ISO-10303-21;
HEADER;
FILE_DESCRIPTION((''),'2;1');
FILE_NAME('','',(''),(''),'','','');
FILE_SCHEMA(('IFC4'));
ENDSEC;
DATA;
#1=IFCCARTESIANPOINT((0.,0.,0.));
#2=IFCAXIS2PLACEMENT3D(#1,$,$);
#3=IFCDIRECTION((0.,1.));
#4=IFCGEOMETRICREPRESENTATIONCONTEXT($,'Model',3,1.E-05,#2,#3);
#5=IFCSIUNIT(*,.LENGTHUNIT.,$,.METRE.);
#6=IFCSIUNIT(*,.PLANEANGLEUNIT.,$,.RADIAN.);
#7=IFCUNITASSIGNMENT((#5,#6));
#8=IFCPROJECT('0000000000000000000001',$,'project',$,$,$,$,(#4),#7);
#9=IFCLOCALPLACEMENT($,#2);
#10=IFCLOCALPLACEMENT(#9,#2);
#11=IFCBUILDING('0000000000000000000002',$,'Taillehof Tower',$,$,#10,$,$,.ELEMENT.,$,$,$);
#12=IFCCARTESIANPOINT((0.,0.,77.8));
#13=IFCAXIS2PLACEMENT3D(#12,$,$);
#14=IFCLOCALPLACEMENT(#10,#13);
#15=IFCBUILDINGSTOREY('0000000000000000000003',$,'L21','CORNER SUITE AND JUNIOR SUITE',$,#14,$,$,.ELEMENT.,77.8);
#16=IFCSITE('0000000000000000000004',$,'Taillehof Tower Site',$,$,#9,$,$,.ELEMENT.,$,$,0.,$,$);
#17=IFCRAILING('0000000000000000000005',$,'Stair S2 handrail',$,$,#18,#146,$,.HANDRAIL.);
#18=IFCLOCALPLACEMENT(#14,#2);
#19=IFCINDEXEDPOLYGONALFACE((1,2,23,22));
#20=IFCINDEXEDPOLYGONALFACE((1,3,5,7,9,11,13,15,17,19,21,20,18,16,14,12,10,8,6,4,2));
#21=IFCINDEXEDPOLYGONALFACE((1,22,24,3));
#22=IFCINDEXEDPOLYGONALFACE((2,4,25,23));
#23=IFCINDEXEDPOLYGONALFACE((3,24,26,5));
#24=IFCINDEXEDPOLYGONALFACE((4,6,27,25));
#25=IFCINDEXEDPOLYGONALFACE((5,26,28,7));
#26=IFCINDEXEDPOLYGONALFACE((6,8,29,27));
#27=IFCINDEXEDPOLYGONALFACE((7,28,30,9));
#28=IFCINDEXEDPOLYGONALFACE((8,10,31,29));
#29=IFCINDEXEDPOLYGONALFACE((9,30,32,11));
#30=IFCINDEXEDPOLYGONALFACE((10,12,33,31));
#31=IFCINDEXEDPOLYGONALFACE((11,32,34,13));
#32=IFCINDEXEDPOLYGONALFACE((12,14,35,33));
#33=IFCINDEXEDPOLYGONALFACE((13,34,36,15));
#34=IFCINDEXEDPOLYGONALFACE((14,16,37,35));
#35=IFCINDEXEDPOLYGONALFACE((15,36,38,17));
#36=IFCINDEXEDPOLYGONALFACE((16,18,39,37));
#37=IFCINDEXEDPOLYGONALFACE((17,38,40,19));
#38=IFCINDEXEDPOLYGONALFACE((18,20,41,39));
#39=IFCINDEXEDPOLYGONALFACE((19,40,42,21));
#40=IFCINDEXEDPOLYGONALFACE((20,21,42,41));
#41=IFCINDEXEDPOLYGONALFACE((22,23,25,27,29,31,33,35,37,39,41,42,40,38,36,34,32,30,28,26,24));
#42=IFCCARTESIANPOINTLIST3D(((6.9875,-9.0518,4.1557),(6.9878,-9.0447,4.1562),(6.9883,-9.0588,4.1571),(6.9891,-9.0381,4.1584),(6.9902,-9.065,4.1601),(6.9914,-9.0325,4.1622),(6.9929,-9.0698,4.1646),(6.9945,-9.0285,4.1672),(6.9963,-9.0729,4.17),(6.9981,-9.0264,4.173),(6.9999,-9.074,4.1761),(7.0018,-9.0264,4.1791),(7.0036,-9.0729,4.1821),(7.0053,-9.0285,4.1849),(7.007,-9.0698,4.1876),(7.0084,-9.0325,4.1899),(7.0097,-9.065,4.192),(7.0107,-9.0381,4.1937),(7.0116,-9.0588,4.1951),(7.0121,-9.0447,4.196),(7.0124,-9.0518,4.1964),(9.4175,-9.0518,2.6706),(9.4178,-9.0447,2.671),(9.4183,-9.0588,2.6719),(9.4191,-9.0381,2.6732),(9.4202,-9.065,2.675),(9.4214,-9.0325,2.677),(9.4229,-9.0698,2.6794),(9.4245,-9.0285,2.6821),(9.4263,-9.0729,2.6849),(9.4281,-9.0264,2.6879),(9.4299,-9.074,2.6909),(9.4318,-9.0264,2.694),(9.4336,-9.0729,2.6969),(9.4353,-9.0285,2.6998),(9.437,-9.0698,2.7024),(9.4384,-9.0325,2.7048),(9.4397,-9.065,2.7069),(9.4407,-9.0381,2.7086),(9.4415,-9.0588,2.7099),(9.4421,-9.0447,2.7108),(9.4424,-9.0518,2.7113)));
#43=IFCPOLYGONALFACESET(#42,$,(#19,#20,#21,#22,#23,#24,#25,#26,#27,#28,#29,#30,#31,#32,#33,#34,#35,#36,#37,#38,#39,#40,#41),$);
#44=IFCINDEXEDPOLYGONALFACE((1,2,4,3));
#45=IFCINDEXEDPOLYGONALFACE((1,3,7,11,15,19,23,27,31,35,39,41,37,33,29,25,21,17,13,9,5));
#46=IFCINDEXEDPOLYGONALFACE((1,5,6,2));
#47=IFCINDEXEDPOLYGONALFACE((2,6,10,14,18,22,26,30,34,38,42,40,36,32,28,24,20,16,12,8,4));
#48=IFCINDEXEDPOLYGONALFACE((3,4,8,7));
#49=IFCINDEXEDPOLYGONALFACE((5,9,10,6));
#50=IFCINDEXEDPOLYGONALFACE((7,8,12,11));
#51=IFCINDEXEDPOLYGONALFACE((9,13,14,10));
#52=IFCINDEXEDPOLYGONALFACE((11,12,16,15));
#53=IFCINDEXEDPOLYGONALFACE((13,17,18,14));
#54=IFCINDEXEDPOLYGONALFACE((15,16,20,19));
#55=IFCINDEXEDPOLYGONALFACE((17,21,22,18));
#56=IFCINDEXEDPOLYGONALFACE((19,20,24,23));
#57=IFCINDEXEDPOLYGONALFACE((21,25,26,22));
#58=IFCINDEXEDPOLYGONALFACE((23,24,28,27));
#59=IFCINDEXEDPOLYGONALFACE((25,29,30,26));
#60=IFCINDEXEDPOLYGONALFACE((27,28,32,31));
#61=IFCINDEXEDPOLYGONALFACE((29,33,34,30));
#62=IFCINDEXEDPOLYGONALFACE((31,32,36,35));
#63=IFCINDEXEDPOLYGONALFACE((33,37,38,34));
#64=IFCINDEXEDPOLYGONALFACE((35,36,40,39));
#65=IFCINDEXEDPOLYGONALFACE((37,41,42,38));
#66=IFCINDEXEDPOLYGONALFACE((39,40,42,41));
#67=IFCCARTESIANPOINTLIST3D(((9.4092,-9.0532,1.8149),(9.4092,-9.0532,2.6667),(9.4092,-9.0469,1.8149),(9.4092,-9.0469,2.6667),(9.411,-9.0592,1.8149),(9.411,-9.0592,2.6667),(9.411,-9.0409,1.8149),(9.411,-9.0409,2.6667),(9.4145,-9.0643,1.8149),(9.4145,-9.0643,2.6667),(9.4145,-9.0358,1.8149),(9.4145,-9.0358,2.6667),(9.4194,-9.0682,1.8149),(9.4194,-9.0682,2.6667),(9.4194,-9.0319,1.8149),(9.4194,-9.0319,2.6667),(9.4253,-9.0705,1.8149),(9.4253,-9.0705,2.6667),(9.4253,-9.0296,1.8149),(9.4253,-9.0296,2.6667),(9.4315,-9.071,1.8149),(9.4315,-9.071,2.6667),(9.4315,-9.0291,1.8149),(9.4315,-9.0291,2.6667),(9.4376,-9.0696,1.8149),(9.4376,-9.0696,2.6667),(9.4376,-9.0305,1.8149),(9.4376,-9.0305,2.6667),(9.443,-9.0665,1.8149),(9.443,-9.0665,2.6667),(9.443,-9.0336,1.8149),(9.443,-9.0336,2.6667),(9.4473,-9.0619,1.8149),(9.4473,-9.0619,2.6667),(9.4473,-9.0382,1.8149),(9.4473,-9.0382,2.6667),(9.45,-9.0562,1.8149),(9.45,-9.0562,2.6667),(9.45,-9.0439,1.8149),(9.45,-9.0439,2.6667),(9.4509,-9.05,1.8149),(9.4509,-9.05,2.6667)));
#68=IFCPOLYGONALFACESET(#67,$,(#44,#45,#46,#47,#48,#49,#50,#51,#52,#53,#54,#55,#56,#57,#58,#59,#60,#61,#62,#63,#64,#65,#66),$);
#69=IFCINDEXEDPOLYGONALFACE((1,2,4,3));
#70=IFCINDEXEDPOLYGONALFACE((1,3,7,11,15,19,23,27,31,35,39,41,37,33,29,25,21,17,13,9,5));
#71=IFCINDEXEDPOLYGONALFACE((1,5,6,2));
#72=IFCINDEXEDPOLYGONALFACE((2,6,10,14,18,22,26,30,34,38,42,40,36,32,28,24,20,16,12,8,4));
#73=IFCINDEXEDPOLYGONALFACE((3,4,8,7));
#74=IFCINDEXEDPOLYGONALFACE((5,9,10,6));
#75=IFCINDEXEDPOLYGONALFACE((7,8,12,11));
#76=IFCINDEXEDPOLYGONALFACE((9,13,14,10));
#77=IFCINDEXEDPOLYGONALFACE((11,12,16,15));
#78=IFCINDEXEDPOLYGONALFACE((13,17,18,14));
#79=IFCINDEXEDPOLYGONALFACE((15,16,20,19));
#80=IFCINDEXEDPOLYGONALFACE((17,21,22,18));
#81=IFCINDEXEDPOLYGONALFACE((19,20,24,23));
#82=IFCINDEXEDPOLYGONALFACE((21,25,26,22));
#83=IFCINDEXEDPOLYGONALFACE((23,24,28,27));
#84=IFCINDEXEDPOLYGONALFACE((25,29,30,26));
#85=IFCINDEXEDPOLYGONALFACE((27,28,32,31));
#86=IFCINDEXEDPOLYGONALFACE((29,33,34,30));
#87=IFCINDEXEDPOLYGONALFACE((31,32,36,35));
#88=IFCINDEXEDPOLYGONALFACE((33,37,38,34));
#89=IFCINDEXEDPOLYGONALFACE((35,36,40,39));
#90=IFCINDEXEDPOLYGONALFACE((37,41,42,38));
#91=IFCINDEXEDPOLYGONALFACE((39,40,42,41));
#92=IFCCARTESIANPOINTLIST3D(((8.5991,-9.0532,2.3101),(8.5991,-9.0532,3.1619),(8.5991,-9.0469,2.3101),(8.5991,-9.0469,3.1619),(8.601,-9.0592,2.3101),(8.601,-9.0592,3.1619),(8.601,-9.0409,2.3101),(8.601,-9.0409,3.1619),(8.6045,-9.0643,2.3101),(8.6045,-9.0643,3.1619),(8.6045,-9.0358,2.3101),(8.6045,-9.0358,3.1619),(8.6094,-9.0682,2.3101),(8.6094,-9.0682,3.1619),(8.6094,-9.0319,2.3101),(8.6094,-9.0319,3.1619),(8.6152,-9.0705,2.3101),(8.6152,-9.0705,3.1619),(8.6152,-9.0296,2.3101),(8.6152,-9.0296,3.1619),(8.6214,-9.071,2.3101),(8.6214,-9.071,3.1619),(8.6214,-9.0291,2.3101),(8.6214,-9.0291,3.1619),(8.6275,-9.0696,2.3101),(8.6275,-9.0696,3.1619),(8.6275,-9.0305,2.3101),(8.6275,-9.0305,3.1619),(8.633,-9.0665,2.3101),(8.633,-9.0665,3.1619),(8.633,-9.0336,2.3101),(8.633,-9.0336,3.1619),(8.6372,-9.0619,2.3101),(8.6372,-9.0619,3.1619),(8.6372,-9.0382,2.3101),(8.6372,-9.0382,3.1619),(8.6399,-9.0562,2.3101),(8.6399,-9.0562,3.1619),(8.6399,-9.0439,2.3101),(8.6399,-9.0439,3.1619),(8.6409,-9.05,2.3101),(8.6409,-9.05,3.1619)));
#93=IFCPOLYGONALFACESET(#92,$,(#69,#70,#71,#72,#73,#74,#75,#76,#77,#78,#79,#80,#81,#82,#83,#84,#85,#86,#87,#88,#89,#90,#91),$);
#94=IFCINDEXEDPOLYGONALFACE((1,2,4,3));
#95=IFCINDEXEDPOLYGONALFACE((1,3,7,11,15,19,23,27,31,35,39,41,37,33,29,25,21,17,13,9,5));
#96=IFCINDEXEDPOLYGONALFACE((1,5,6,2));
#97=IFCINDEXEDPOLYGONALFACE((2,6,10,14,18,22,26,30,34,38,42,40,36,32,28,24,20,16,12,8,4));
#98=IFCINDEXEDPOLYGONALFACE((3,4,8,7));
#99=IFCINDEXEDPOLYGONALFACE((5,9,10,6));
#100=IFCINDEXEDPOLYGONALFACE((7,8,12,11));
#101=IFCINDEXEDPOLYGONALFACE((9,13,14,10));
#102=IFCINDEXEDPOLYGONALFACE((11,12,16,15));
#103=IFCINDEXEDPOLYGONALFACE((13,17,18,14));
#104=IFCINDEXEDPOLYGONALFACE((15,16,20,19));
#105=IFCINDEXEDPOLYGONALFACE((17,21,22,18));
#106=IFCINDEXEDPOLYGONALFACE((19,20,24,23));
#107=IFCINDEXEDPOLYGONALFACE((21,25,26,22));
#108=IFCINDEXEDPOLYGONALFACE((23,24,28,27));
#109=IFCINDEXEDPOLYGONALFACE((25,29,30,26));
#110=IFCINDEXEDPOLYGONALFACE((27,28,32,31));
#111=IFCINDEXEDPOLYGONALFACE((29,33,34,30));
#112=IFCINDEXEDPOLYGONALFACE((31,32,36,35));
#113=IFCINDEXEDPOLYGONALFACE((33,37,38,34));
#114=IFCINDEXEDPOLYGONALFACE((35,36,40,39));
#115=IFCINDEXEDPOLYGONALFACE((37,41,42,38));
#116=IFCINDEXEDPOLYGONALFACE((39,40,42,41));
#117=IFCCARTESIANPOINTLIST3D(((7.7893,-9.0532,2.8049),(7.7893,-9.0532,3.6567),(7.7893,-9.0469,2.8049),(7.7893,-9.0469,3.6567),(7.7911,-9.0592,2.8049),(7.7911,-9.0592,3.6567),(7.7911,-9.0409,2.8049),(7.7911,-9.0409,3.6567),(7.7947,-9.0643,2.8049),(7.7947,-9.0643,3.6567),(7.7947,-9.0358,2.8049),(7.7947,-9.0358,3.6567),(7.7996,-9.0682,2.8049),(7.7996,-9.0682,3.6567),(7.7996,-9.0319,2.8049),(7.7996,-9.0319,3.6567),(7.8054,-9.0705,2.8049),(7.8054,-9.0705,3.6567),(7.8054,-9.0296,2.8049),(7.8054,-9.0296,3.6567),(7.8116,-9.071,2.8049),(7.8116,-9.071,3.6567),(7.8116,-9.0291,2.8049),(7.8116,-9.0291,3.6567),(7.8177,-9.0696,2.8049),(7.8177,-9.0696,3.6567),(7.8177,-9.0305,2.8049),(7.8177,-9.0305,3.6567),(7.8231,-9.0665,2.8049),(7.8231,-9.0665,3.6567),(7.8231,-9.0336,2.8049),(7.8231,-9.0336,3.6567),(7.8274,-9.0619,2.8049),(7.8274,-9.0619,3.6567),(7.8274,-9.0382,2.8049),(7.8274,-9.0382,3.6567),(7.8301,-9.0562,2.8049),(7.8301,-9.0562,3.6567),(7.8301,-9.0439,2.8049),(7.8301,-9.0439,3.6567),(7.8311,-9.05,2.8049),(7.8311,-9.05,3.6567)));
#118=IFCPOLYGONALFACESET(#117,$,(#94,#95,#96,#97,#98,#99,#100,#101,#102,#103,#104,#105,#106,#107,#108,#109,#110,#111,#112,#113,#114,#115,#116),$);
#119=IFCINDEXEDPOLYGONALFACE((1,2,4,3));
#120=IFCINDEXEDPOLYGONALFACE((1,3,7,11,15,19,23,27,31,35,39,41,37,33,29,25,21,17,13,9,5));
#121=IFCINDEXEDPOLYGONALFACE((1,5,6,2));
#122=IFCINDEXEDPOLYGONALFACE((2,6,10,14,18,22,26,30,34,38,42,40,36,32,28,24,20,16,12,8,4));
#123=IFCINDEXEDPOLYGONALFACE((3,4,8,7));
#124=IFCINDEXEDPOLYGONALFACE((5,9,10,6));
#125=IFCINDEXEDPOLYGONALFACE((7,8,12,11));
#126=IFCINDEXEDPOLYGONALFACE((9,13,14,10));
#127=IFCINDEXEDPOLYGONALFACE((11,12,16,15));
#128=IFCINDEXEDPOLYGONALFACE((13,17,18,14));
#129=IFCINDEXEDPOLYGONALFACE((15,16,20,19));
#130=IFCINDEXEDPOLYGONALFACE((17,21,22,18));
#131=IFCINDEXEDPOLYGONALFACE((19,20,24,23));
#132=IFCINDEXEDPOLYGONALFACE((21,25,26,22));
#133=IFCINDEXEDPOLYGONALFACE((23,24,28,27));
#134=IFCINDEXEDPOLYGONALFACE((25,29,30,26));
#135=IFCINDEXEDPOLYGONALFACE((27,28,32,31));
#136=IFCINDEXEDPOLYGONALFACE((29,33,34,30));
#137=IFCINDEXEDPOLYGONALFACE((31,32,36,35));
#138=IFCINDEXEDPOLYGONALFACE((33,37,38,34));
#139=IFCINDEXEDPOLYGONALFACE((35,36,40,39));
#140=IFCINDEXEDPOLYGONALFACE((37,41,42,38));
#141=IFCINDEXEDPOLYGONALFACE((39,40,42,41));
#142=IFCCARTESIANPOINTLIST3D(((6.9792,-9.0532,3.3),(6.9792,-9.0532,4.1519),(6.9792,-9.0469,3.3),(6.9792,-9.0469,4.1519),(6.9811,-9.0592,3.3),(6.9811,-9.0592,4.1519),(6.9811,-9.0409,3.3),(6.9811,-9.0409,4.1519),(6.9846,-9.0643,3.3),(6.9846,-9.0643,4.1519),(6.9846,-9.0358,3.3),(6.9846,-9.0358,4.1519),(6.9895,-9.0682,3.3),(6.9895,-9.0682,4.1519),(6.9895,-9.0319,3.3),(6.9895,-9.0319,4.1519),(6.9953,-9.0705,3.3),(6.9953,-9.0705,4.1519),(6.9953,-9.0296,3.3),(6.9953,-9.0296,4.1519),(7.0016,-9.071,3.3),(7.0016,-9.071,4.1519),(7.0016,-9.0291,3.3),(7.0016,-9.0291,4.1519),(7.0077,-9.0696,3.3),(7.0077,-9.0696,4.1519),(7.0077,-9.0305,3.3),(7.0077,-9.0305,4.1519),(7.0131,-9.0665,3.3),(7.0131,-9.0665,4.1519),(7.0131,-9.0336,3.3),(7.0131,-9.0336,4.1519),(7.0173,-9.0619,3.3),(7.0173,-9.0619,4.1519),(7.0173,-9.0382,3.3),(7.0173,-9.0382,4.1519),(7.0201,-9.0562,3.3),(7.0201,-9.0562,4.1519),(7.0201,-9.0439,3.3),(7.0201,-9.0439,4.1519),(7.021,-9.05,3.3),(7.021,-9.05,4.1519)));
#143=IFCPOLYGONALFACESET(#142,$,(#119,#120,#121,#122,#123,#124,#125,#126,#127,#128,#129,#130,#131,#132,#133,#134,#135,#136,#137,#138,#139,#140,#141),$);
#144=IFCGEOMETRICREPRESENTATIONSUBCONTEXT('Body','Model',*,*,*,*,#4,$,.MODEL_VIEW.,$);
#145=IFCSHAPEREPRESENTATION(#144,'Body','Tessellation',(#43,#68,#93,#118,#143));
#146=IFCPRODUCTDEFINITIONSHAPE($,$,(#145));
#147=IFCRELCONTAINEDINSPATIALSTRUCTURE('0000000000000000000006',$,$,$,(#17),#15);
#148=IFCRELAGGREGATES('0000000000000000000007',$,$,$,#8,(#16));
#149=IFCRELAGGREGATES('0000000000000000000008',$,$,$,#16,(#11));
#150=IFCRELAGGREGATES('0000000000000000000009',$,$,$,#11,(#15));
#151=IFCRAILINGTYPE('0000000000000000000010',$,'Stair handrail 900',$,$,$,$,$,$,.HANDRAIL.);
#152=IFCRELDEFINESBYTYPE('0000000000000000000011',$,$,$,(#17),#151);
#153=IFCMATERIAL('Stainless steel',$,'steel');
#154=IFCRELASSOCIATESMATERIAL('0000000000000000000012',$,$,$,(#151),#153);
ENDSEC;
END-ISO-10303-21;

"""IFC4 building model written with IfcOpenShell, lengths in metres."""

from ifc_helpers import new_model, si_unit, direction, frame, origin, origin_2d, place, context, subcontext, project, spatial, circle, extrude, material, type_object, element, save


model = new_model("IFC4")

# Units and contexts
model_context = context("Model", 3, precision=1e-05, world=origin(), true_north=direction((0.0, 1.0)))
body_context = subcontext(model_context, "Body", "Model", "MODEL_VIEW")
ifc_project = project(units=[si_unit("LENGTHUNIT", "METRE"), si_unit("PLANEANGLEUNIT", "RADIAN")], contexts=[model_context])

# Site, building, storey
site_placement = place(None, origin())
site = spatial("IfcSite", under=ifc_project, at=site_placement, Name="Taillehof Tower Site", CompositionType="ELEMENT", RefElevation=0.0)
building_placement = place(site_placement, origin())
building = spatial("IfcBuilding", under=site, at=building_placement, Name="Taillehof Tower", CompositionType="ELEMENT")
storey_placement = place(building_placement, frame((0.0, 0.0, 77.8)))
storey = spatial("IfcBuildingStorey", under=building, at=storey_placement, Name="L21", Description="CORNER SUITE AND JUNIOR SUITE", CompositionType="ELEMENT", Elevation=77.8)

# Railing
ifc_material_1 = material(Name="Stainless steel", Category="steel")
railing_type = type_object("IfcRailingType", Name="Stair handrail 900", PredefinedType="HANDRAIL", material=ifc_material_1)
railing_1_placement = place(storey_placement, frame((9.4299, -9.05, 1.8149)))
element("IfcRailing", 1, at=railing_1_placement, inside=storey, type_object=railing_type, Name="Stair S2 handrail", PredefinedType="HANDRAIL", context=body_context, shape_type="SweptSolid", body=[
    extrude(circle(Radius=0.0239, at=origin_2d()), frame((0.0, 0.0, 0.876), z_axis=(-0.853259, 0.0, 0.521488), x_axis=(0.0, -1.0, 0.0)), (0.0, 0.0, 1.0), 2.8479),
    extrude(circle(Radius=0.021, at=origin_2d()), origin(), (0.0, 0.0, 1.0), 0.8518),
    extrude(circle(Radius=0.021, at=origin_2d()), frame((-0.8101, 0.0, 0.4951)), (0.0, 0.0, 1.0), 0.8518),
    extrude(circle(Radius=0.021, at=origin_2d()), frame((-1.6199, 0.0, 0.99)), (0.0, 0.0, 1.0), 0.8518),
    extrude(circle(Radius=0.021, at=origin_2d()), frame((-2.4299, 0.0, 1.4851)), (0.0, 0.0, 1.0), 0.8518),
])

save(model, "model.ifc")
